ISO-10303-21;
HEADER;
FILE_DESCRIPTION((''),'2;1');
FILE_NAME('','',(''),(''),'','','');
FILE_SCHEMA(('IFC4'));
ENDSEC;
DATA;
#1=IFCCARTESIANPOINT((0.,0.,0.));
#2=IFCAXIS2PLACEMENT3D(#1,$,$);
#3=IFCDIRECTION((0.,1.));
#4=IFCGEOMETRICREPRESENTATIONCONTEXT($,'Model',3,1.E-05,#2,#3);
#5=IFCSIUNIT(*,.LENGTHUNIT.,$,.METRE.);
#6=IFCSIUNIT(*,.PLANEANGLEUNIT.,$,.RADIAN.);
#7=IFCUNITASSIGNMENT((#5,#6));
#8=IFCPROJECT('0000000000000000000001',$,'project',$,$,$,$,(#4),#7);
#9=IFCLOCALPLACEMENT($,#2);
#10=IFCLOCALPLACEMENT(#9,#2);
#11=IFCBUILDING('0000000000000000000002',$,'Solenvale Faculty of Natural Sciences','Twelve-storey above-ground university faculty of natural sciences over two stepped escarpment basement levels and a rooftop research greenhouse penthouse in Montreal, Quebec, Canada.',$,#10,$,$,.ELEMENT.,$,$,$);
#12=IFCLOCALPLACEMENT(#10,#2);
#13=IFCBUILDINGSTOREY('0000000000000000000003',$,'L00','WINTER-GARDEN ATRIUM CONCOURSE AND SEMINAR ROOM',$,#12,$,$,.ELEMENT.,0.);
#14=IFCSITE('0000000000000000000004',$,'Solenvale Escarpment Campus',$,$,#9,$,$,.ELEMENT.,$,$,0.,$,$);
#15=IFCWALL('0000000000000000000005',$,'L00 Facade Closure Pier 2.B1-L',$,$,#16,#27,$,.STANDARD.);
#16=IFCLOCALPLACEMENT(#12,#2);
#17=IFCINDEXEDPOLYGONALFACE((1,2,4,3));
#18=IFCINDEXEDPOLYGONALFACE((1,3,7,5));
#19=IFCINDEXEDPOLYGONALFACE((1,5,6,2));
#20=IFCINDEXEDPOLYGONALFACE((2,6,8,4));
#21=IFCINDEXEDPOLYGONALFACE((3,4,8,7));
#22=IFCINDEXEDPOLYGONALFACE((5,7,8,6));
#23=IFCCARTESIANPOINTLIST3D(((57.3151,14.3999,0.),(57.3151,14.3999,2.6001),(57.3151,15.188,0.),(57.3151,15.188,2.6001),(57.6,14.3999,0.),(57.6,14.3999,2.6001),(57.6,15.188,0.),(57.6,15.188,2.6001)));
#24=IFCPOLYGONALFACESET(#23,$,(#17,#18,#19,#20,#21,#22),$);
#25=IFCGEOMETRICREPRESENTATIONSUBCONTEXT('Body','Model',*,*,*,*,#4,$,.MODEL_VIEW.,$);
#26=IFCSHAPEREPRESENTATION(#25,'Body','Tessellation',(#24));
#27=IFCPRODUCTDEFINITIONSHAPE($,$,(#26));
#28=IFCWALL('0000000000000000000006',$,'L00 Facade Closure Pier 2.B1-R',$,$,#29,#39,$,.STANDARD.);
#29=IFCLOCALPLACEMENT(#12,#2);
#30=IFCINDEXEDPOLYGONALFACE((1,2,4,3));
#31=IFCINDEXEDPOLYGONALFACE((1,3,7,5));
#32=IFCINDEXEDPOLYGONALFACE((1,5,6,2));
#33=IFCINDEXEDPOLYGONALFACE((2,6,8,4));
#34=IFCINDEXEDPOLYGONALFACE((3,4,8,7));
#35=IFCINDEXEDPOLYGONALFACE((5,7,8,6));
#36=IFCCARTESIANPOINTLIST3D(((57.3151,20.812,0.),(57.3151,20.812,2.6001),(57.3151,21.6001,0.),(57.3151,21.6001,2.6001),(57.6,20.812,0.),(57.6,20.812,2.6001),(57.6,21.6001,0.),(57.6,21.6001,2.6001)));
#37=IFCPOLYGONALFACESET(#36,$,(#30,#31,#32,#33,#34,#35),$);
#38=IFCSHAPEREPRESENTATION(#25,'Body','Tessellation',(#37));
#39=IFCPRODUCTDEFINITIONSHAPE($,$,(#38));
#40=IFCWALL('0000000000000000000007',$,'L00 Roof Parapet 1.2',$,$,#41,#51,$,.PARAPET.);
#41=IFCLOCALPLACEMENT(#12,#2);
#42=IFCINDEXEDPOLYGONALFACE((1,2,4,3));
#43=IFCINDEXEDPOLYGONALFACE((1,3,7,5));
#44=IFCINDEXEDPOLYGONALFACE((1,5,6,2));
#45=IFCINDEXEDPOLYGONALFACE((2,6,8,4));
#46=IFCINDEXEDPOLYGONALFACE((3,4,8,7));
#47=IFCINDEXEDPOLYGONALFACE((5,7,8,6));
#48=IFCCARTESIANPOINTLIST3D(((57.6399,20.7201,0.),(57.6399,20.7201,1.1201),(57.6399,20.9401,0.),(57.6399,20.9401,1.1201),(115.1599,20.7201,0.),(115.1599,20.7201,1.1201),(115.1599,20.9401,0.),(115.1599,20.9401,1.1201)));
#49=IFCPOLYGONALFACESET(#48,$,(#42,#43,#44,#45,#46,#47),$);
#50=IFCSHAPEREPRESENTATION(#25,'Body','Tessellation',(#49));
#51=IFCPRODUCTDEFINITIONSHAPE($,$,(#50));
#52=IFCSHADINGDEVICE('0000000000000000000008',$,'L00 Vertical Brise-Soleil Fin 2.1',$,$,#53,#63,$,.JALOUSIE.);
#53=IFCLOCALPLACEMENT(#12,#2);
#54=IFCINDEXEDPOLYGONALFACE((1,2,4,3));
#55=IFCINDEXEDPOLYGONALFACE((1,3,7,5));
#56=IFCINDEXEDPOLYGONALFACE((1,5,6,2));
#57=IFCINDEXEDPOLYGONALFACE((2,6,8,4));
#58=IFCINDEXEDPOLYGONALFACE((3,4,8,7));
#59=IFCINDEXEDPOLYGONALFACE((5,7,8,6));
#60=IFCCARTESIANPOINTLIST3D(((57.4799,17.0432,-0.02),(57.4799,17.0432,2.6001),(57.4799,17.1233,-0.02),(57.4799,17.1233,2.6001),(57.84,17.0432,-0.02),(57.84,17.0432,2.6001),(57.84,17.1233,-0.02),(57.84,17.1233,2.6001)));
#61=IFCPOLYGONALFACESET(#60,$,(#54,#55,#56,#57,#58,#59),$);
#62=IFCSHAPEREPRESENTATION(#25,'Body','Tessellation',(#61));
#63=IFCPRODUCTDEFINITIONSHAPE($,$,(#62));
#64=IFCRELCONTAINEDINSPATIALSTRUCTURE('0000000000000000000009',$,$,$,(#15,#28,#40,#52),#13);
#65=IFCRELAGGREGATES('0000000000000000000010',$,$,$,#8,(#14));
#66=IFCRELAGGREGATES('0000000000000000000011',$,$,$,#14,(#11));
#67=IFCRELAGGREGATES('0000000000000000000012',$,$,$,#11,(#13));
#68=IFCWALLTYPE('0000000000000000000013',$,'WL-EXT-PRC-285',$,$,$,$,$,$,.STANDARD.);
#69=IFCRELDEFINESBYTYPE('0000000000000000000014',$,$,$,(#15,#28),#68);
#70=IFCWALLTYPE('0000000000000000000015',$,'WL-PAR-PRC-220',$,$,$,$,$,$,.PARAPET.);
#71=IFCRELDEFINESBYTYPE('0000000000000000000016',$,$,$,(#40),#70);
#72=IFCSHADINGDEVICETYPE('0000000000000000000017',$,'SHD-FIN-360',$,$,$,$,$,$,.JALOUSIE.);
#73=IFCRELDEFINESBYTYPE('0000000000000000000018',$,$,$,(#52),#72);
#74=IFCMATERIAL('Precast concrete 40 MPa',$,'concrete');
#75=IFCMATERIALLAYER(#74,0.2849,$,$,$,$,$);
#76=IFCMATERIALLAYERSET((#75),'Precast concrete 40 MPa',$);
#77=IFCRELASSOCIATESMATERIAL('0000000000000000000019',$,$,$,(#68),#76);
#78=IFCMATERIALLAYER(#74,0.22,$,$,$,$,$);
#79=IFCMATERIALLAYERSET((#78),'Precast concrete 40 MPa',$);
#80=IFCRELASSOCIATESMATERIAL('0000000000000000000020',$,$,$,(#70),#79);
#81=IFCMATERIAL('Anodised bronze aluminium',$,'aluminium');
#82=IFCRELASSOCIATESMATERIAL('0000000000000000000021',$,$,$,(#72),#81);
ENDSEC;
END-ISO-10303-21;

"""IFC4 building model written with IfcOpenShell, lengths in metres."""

from ifc_helpers import new_model, si_unit, direction, frame, frame_2d, origin, origin_2d, place, context, subcontext, project, spatial, rectangle, extrude, material, layer, layer_set, material_profile, profile_set, type_object, element, save


model = new_model("IFC4")

# Units and contexts
model_context = context("Model", 3, precision=1e-05, world=origin(), true_north=direction((0.0, 1.0)))
body_context = subcontext(model_context, "Body", "Model", "MODEL_VIEW")
ifc_project = project(units=[si_unit("LENGTHUNIT", "METRE"), si_unit("PLANEANGLEUNIT", "RADIAN")], contexts=[model_context])

# Site, building, storey
site_placement = place(None, origin())
site = spatial("IfcSite", under=ifc_project, at=site_placement, Name="Solenvale Escarpment Campus", CompositionType="ELEMENT", RefElevation=0.0)
building_placement = place(site_placement, origin())
building = spatial("IfcBuilding", under=site, at=building_placement, Name="Solenvale Faculty of Natural Sciences", Description="Twelve-storey above-ground university faculty of natural sciences over two stepped escarpment basement levels and a rooftop research greenhouse penthouse in Montreal, Quebec, Canada.", CompositionType="ELEMENT")
storey_placement = place(building_placement, origin())
storey = spatial("IfcBuildingStorey", under=building, at=storey_placement, Name="L00", Description="WINTER-GARDEN ATRIUM CONCOURSE AND SEMINAR ROOM", CompositionType="ELEMENT", Elevation=0.0)

# Shared definitions
ifc_material_1 = material(Name="Anodised bronze aluminium", Category="aluminium")

# Walls
ifc_material_2 = material(Name="Precast concrete 40 MPa", Category="concrete")
ifc_layer_1 = layer(ifc_material_2, 0.2849)
ifc_layer_set_1 = layer_set([ifc_layer_1], Name="Precast concrete 40 MPa")
wall_type_1 = type_object("IfcWallType", Name="WL-EXT-PRC-285", PredefinedType="STANDARD", material=ifc_layer_set_1)
for number, where, z_axis, x_axis, name in (
    (1, (57.4575, 14.3999, 0.0), (0.0, 0.0, 1.0), (0.0, 1.0, 0.0), "L00 Facade Closure Pier 2.B1-L"),
    (2, (57.4575, 20.812, 0.0), (0.0, 0.0, 1.0), (0.0, 1.0, 0.0), "L00 Facade Closure Pier 2.B1-R"),
):
    element("IfcWall", number, at=place(storey_placement, frame(where, z_axis=z_axis, x_axis=x_axis)), inside=storey, type_object=wall_type_1, Name=name, PredefinedType="STANDARD", context=body_context, shape_type="SweptSolid", body=[
        extrude(rectangle(XDim=0.7881, YDim=0.2849, at=frame_2d((0.394, 0.0))), origin(), (0.0, 0.0, 1.0), 2.6001),
    ])
ifc_layer_2 = layer(ifc_material_2, 0.22)
ifc_layer_set_2 = layer_set([ifc_layer_2], Name="Precast concrete 40 MPa")
wall_type_2 = type_object("IfcWallType", Name="WL-PAR-PRC-220", PredefinedType="PARAPET", material=ifc_layer_set_2)
wall_1_placement = place(storey_placement, frame((57.6399, 20.8301, 0.0), z_axis=(0.0, 0.0, 1.0), x_axis=(1.0, 0.0, 0.0)))
element("IfcWall", 3, at=wall_1_placement, inside=storey, type_object=wall_type_2, Name="L00 Roof Parapet 1.2", PredefinedType="PARAPET", context=body_context, shape_type="SweptSolid", body=[
    extrude(rectangle(XDim=57.52, YDim=0.22, at=frame_2d((28.76, 0.0))), origin(), (0.0, 0.0, 1.0), 1.1201),
])

# Shading device
ifc_material_profile_1 = material_profile(ifc_material_1, rectangle(XDim=0.0801, YDim=0.3601, at=origin_2d()), Name="ALU-FIN-80x360")
ifc_profile_set_1 = profile_set([ifc_material_profile_1], Name="Anodised bronze aluminium")
shading_device_type = type_object("IfcShadingDeviceType", Name="SHD-FIN-360", PredefinedType="JALOUSIE", material=ifc_profile_set_1)
shading_device_placement = place(storey_placement, frame((57.6599, 17.0833, -0.02), z_axis=(0.0, 0.0, 1.0), x_axis=(0.0, 1.0, 0.0)))
element("IfcShadingDevice", 4, at=shading_device_placement, inside=storey, type_object=shading_device_type, Name="L00 Vertical Brise-Soleil Fin 2.1", PredefinedType="JALOUSIE", context=body_context, shape_type="SweptSolid", body=[
    extrude(rectangle(XDim=0.0801, YDim=0.3601, at=origin_2d()), origin(), (0.0, 0.0, 1.0), 2.6201),
])

save(model, "model.ifc")
